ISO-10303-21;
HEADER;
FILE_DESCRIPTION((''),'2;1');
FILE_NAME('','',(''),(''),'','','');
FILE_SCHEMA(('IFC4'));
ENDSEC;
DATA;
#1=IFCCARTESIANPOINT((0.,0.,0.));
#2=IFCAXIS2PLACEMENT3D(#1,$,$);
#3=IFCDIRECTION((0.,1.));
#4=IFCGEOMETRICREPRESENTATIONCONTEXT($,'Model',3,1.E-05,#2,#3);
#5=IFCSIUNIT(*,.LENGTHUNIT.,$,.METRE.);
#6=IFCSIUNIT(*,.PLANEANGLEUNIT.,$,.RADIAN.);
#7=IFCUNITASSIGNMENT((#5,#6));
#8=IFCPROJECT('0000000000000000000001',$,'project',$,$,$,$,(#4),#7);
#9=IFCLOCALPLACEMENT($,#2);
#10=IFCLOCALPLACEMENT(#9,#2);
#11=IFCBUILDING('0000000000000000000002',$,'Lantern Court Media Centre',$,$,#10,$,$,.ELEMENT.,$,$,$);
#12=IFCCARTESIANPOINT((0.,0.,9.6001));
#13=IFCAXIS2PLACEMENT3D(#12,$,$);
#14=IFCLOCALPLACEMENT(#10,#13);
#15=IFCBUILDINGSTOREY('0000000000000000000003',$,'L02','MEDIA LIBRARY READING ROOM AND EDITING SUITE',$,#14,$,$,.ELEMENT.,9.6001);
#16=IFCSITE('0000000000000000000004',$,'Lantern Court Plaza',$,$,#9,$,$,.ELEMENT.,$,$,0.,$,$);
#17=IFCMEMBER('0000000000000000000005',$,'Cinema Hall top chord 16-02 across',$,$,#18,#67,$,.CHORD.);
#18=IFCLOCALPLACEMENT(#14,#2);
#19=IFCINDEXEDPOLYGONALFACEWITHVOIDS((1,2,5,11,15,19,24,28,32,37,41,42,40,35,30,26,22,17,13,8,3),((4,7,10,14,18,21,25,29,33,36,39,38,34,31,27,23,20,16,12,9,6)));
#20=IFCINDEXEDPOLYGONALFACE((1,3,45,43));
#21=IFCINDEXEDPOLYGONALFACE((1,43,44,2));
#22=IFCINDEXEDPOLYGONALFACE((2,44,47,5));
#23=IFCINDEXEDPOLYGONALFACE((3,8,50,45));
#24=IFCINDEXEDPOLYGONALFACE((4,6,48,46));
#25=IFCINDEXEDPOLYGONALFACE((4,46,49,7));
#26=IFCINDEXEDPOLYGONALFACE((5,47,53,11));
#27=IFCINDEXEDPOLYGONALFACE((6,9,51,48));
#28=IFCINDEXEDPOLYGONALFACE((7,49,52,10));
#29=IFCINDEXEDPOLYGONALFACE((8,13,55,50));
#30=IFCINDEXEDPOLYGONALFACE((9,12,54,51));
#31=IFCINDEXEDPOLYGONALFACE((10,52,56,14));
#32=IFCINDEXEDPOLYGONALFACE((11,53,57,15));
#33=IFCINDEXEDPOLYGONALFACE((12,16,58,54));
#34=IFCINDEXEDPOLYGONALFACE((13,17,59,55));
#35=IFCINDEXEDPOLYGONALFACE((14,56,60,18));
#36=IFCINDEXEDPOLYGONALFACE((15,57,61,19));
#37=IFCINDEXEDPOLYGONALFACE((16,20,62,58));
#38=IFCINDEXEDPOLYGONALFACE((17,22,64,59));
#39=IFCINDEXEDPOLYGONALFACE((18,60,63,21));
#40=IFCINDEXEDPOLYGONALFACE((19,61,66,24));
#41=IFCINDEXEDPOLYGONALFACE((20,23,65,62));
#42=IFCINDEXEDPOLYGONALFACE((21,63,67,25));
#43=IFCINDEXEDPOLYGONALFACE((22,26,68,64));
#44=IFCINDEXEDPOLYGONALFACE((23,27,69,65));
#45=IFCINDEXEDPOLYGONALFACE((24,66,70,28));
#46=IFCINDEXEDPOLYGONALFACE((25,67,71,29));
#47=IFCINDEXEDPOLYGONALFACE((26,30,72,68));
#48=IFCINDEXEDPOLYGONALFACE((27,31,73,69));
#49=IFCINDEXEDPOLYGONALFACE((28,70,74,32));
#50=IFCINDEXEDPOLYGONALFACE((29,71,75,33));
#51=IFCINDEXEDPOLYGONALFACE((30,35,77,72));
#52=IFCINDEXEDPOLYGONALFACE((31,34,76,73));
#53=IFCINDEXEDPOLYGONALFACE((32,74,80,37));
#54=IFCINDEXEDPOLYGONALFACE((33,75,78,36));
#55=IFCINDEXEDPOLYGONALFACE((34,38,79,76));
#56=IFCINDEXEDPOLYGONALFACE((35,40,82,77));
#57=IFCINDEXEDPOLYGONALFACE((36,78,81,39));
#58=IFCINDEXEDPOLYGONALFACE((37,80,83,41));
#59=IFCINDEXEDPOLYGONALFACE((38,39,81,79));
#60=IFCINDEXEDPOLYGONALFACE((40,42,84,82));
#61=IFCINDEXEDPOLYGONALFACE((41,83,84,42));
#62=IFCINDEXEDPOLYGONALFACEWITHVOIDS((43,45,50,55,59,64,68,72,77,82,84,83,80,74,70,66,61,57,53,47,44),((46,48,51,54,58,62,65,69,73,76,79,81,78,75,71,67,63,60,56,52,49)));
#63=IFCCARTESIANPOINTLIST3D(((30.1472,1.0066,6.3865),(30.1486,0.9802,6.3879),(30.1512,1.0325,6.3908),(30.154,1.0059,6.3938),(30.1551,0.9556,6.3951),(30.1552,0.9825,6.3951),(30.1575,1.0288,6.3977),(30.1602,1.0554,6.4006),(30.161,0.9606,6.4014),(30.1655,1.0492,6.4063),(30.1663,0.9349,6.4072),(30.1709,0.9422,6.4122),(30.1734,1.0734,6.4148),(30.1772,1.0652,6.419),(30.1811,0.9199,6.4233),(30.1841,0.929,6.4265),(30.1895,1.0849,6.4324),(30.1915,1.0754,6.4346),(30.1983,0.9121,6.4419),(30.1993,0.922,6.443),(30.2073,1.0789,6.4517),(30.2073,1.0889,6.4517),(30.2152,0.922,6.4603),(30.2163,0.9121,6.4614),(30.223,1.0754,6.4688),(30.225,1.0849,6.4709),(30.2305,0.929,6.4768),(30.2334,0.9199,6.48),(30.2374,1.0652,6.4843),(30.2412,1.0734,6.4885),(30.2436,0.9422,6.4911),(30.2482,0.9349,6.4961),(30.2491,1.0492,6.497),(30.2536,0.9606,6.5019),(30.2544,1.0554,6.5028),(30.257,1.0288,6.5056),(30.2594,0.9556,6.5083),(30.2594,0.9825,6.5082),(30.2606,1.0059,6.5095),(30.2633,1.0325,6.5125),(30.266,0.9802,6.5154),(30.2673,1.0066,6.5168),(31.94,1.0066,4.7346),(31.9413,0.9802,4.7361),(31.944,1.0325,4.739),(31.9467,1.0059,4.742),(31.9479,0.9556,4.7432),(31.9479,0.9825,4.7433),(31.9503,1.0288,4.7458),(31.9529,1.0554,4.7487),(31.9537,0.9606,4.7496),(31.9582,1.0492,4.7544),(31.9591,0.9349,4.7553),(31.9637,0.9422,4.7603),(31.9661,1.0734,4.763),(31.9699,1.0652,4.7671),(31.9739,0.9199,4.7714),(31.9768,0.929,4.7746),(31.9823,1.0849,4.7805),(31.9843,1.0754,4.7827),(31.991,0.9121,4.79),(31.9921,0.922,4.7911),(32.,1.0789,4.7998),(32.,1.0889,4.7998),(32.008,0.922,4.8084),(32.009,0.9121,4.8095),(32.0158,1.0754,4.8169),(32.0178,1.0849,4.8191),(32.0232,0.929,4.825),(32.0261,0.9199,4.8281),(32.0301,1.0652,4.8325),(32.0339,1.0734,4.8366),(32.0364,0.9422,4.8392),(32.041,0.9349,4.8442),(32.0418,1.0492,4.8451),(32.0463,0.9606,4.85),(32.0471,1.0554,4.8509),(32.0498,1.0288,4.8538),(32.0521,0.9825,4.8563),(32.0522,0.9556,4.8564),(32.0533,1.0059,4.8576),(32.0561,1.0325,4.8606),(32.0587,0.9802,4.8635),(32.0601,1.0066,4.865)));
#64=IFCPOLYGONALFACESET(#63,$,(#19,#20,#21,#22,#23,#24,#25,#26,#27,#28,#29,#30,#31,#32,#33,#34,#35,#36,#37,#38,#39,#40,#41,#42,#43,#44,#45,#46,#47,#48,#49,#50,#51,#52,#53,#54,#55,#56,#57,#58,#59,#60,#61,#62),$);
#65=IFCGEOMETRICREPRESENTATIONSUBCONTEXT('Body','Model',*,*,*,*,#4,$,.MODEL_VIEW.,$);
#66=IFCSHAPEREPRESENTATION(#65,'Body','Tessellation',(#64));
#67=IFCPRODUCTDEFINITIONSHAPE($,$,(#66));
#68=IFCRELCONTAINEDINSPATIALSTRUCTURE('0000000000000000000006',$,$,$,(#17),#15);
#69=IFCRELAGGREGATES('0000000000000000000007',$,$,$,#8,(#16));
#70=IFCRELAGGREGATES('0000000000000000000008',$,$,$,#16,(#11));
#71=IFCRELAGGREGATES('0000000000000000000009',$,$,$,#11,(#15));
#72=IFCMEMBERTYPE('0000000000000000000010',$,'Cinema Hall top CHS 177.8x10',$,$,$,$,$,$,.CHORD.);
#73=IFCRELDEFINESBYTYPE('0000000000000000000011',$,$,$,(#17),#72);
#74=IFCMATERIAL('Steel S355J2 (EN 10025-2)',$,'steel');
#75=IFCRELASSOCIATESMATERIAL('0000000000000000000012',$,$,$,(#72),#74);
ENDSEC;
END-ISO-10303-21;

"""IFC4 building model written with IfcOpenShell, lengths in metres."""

from ifc_helpers import new_model, si_unit, direction, frame, origin, origin_2d, place, context, subcontext, project, spatial, hollow_circle, extrude, material, material_profile, profile_set, type_object, element, save


model = new_model("IFC4")

# Units and contexts
model_context = context("Model", 3, precision=1e-05, world=origin(), true_north=direction((0.0, 1.0)))
body_context = subcontext(model_context, "Body", "Model", "MODEL_VIEW")
ifc_project = project(units=[si_unit("LENGTHUNIT", "METRE"), si_unit("PLANEANGLEUNIT", "RADIAN")], contexts=[model_context])

# Site, building, storey
site_placement = place(None, origin())
site = spatial("IfcSite", under=ifc_project, at=site_placement, Name="Lantern Court Plaza", CompositionType="ELEMENT", RefElevation=0.0)
building_placement = place(site_placement, origin())
building = spatial("IfcBuilding", under=site, at=building_placement, Name="Lantern Court Media Centre", CompositionType="ELEMENT")
storey_placement = place(building_placement, frame((0.0, 0.0, 9.6001)))
storey = spatial("IfcBuildingStorey", under=building, at=storey_placement, Name="L02", Description="MEDIA LIBRARY READING ROOM AND EDITING SUITE", CompositionType="ELEMENT", Elevation=9.6001)

# Member
ifc_material = material(Name="Steel S355J2 (EN 10025-2)", Category="steel")
ifc_material_profile_1 = material_profile(ifc_material, hollow_circle(Radius=0.0889, WallThickness=0.01, at=origin_2d()), Name="Cinema Hall top CHS 177.8x10")
ifc_profile_set_1 = profile_set([ifc_material_profile_1], Name="Steel S355J2 (EN 10025-2)")
member_type_1 = type_object("IfcMemberType", Name="Cinema Hall top CHS 177.8x10", PredefinedType="CHORD", material=ifc_profile_set_1)
for number, where, z_axis, x_axis, name in (
    (1, (30.2073, 1.0, 6.4517), (0.73541, 0.0, -0.677623), (0.0, 1.0, 0.0), "Cinema Hall top chord 16-02 across"),
):
    element("IfcMember", number, at=place(storey_placement, frame(where, z_axis=z_axis, x_axis=x_axis)), inside=storey, type_object=member_type_1, Name=name, PredefinedType="CHORD", context=body_context, shape_type="SweptSolid", body=[
        extrude(hollow_circle(Radius=0.0889, WallThickness=0.01, at=origin_2d()), origin(), (0.0, 0.0, 1.0), 2.4377),
    ])

save(model, "model.ifc")
